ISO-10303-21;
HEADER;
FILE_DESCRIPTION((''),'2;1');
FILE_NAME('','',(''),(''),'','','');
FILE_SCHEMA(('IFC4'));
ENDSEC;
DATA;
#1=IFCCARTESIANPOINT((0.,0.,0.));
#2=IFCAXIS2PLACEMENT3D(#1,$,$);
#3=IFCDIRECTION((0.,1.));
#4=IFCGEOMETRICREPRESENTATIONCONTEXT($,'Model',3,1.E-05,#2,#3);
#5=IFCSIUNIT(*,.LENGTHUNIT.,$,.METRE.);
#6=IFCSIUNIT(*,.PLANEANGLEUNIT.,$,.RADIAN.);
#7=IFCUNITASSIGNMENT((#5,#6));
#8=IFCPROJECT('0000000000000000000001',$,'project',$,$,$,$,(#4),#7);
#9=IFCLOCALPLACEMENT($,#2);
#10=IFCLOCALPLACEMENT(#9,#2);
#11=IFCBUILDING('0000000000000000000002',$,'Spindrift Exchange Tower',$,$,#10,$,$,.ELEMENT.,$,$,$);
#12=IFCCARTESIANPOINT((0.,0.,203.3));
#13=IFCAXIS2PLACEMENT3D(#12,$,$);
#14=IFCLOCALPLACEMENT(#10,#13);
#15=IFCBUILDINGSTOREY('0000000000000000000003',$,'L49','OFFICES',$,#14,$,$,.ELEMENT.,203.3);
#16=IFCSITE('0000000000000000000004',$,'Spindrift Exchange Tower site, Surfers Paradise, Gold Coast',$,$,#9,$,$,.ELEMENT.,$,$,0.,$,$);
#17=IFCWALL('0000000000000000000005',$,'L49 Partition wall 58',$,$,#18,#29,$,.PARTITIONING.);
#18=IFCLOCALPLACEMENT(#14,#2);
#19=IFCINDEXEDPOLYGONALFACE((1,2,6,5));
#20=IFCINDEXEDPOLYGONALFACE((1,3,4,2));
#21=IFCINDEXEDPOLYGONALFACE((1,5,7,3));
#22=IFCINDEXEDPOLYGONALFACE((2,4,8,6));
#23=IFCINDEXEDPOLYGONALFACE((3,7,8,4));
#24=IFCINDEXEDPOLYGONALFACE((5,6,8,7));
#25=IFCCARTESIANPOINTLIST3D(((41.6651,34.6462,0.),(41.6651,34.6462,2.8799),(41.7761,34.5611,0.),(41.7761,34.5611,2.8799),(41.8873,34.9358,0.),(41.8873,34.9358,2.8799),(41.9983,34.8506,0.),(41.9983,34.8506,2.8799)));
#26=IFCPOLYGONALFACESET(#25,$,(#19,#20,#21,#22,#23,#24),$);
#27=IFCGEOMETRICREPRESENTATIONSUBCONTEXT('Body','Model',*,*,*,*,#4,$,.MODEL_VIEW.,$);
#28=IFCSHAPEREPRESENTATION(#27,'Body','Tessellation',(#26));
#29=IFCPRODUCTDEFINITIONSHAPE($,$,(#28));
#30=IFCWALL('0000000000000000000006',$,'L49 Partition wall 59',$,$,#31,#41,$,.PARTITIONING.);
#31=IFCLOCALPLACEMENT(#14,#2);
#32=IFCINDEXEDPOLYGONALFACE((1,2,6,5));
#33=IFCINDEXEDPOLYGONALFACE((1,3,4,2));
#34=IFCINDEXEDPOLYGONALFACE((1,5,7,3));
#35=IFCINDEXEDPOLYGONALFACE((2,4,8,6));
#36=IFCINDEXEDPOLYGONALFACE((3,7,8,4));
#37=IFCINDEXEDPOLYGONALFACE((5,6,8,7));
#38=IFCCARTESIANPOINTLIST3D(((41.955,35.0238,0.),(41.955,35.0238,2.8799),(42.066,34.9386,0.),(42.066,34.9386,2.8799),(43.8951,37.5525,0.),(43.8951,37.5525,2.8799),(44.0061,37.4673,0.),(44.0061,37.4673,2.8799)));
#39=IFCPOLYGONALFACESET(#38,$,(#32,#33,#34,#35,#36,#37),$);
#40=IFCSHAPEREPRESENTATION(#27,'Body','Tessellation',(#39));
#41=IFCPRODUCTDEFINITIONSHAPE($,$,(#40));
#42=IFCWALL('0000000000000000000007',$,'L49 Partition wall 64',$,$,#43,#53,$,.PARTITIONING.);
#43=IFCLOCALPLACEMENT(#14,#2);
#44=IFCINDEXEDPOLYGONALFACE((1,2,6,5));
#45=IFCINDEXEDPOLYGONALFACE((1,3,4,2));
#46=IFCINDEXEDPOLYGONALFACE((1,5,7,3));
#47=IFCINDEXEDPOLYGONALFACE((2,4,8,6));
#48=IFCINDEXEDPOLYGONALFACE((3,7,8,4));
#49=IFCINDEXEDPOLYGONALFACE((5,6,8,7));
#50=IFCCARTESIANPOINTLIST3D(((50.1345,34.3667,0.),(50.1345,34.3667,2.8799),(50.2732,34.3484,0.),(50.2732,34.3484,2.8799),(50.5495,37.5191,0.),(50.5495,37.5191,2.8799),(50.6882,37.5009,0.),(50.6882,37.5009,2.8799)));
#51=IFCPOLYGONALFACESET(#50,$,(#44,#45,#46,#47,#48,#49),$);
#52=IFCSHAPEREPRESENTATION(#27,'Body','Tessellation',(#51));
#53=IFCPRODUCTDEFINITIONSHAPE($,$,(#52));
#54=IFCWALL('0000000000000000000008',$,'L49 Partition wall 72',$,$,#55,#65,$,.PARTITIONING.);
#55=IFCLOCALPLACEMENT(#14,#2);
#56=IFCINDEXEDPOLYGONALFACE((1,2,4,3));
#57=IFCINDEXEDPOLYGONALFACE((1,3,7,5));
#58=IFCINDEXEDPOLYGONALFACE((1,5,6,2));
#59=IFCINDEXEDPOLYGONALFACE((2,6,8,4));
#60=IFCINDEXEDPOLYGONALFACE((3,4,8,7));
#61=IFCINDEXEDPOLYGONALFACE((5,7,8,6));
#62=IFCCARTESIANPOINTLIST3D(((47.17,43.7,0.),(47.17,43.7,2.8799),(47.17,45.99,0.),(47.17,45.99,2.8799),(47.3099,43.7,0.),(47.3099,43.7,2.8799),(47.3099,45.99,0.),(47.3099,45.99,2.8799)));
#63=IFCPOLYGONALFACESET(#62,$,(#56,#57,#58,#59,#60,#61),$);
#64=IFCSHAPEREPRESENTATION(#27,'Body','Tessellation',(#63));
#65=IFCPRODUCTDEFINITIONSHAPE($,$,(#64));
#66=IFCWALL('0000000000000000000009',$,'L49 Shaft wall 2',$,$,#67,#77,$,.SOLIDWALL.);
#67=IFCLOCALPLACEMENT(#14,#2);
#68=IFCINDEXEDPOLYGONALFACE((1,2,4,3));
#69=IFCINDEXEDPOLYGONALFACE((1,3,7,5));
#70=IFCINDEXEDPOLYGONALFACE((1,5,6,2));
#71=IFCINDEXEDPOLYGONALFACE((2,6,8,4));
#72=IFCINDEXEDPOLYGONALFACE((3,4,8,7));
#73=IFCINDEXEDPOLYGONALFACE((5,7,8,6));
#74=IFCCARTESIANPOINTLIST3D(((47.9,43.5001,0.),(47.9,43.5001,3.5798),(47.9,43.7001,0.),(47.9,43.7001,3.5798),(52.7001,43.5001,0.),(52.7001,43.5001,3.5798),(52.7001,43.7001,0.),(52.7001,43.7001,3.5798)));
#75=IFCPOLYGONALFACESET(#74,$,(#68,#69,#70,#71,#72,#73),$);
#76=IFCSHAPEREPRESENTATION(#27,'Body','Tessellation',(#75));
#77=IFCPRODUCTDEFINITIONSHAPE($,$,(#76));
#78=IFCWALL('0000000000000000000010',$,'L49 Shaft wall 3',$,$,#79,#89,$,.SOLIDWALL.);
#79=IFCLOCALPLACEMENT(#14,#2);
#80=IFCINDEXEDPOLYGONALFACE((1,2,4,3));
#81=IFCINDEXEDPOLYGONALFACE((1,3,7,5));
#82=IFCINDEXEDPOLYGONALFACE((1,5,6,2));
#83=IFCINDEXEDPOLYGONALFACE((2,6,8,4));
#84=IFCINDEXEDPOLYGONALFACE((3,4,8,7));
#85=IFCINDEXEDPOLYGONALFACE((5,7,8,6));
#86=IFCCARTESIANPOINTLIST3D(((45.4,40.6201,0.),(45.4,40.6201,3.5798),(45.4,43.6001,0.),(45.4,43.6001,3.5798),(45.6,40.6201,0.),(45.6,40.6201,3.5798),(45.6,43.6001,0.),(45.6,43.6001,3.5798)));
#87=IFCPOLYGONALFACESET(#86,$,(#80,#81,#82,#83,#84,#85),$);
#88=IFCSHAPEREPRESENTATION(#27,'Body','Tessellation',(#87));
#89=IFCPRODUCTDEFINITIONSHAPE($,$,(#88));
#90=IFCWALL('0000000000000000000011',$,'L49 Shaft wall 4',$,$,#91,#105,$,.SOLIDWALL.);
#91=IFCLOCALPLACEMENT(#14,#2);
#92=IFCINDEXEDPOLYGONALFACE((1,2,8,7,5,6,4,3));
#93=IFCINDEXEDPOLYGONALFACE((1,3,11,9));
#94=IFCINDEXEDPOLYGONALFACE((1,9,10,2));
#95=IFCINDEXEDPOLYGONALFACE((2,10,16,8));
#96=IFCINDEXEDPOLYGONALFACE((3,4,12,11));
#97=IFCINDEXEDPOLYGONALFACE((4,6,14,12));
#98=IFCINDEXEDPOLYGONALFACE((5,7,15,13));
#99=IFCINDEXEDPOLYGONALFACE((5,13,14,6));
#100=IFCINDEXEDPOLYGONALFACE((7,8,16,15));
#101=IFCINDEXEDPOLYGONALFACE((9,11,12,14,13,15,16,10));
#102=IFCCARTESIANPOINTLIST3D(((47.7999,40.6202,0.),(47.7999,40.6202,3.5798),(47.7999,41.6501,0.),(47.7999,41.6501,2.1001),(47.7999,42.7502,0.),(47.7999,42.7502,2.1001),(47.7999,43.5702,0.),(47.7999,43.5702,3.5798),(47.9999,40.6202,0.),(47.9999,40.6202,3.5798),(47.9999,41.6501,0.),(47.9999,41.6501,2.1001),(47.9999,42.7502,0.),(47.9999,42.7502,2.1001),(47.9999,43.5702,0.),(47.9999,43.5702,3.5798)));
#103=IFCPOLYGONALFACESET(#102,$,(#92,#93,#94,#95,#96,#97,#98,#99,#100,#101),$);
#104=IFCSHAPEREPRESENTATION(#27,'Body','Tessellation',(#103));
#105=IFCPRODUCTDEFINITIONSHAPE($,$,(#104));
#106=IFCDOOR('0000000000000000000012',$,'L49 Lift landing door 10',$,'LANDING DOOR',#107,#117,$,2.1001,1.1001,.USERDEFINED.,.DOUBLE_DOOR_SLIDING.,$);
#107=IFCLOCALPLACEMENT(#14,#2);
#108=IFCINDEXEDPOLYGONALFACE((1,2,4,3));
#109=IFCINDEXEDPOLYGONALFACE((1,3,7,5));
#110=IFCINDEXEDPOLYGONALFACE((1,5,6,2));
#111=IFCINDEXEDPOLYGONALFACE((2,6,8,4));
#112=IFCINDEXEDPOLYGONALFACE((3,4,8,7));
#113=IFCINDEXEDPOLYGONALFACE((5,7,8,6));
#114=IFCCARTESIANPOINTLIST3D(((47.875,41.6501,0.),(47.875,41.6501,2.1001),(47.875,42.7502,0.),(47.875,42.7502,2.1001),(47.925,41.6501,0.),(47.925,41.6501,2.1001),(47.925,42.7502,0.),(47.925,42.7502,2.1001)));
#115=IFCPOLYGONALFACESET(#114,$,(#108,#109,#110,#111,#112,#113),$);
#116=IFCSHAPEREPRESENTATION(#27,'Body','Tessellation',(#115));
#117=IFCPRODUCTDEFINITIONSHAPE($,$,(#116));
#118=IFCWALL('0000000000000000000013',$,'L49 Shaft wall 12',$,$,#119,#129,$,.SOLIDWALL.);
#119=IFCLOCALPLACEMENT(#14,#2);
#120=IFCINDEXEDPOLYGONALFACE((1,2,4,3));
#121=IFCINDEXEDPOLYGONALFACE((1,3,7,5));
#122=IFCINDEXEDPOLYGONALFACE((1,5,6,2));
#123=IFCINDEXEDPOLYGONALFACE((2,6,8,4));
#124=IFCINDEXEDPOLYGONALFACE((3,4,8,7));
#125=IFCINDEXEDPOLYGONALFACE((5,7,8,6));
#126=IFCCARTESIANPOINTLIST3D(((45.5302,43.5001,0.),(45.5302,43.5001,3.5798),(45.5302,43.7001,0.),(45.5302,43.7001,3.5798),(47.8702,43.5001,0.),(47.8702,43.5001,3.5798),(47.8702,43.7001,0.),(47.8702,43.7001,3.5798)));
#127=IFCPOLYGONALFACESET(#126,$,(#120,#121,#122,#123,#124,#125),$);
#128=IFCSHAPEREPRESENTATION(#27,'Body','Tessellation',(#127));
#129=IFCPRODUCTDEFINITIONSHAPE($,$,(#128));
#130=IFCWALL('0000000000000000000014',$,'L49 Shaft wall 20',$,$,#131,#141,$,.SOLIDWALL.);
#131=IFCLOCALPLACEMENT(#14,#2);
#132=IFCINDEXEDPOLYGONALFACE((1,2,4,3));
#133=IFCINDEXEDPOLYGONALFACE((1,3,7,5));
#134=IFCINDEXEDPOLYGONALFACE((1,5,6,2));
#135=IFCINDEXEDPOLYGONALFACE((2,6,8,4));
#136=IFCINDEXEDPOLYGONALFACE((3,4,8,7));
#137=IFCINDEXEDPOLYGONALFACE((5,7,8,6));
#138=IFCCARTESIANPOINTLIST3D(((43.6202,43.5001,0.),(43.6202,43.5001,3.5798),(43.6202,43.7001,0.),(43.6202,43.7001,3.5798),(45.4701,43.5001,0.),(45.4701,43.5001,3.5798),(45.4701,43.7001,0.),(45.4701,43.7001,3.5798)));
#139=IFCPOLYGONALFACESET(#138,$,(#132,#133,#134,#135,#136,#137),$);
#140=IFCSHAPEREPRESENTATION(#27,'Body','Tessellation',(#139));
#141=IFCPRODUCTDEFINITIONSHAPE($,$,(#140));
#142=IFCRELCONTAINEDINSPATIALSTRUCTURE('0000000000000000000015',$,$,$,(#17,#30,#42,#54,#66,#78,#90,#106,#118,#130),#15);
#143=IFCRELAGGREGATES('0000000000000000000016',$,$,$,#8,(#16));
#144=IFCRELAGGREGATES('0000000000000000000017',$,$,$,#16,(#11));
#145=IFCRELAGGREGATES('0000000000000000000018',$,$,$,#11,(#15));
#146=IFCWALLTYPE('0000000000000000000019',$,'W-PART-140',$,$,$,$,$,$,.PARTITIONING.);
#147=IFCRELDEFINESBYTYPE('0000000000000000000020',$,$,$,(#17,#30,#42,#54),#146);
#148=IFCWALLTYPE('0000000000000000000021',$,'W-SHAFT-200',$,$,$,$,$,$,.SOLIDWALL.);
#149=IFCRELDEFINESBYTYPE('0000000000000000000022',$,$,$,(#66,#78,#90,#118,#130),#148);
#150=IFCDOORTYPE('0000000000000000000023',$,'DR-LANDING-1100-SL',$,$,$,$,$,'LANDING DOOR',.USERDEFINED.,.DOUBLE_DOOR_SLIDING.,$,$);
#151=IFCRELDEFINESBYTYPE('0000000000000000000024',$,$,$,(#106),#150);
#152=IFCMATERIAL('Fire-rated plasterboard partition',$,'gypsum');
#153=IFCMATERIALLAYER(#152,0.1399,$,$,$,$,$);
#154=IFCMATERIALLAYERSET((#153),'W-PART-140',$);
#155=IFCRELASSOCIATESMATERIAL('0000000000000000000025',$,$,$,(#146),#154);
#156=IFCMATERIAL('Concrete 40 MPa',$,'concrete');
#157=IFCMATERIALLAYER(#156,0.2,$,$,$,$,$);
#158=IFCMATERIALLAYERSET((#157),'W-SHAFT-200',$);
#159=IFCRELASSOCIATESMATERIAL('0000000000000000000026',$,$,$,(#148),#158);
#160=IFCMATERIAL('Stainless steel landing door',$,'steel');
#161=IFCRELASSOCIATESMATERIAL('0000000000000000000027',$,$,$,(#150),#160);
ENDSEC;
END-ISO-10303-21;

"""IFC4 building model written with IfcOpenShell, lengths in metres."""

from ifc_helpers import new_model, si_unit, direction, frame, frame_2d, origin, place, context, subcontext, project, spatial, rectangle, extrude, source, transform, mapped, material, layer, layer_set, type_object, element, fill, save


model = new_model("IFC4")

# Units and contexts
model_context = context("Model", 3, precision=1e-05, world=origin(), true_north=direction((0.0, 1.0)))
body_context = subcontext(model_context, "Body", "Model", "MODEL_VIEW")
ifc_project = project(units=[si_unit("LENGTHUNIT", "METRE"), si_unit("PLANEANGLEUNIT", "RADIAN")], contexts=[model_context])

# Site, building, storey
site_placement = place(None, origin())
site = spatial("IfcSite", under=ifc_project, at=site_placement, Name="Spindrift Exchange Tower site, Surfers Paradise, Gold Coast", CompositionType="ELEMENT", RefElevation=0.0)
building_placement = place(site_placement, origin())
building = spatial("IfcBuilding", under=site, at=building_placement, Name="Spindrift Exchange Tower", CompositionType="ELEMENT")
storey_placement = place(building_placement, frame((0.0, 0.0, 203.3)))
storey = spatial("IfcBuildingStorey", under=building, at=storey_placement, Name="L49", Description="OFFICES", CompositionType="ELEMENT", Elevation=203.3)

# Shared definitions
ifc_material_1 = material(Name="Fire-rated plasterboard partition", Category="gypsum")

# Shared definitions
ifc_layer_1 = layer(ifc_material_1, 0.1399)
ifc_layer_set_1 = layer_set([ifc_layer_1], Name="W-PART-140")
wall_type_1 = type_object("IfcWallType", Name="W-PART-140", PredefinedType="PARTITIONING", material=ifc_layer_set_1)

# Walls
wall_1_placement = place(storey_placement, frame((41.9429, 34.8933, 0.0), z_axis=(0.0, 0.0, 1.0), x_axis=(-0.60874, -0.793369, 0.0)))
element("IfcWall", 1, at=wall_1_placement, inside=storey, type_object=wall_type_1, Name="L49 Partition wall 58", PredefinedType="PARTITIONING", context=body_context, shape_type="SweptSolid", body=[
    extrude(rectangle(XDim=0.365, YDim=0.1399, at=frame_2d((0.1826, 0.0))), origin(), (0.0, 0.0, 1.0), 2.8799),
])
wall_2_placement = place(storey_placement, frame((43.9507, 37.51, 0.0), z_axis=(0.0, 0.0, 1.0), x_axis=(-0.608715, -0.793389, 0.0)))
element("IfcWall", 2, at=wall_2_placement, inside=storey, type_object=wall_type_1, Name="L49 Partition wall 59", PredefinedType="PARTITIONING", context=body_context, shape_type="SweptSolid", body=[
    extrude(rectangle(XDim=3.1873, YDim=0.1399, at=frame_2d((1.5938, 0.0))), origin(), (0.0, 0.0, 1.0), 2.8799),
])
wall_3_placement = place(storey_placement, frame((50.6189, 37.51, 0.0), z_axis=(0.0, 0.0, 1.0), x_axis=(-0.130524, -0.991445, 0.0)))
element("IfcWall", 3, at=wall_3_placement, inside=storey, type_object=wall_type_1, Name="L49 Partition wall 64", PredefinedType="PARTITIONING", context=body_context, shape_type="SweptSolid", body=[
    extrude(rectangle(XDim=3.1797, YDim=0.1399, at=frame_2d((1.5898, 0.0))), origin(), (0.0, 0.0, 1.0), 2.8799),
])
wall_4_placement = place(storey_placement, frame((47.24, 43.7, 0.0), z_axis=(0.0, 0.0, 1.0), x_axis=(0.0, 1.0, 0.0)))
element("IfcWall", 4, at=wall_4_placement, inside=storey, type_object=wall_type_1, Name="L49 Partition wall 72", PredefinedType="PARTITIONING", context=body_context, shape_type="SweptSolid", body=[
    extrude(rectangle(XDim=2.29, YDim=0.1399, at=frame_2d((1.145, 0.0))), origin(), (0.0, 0.0, 1.0), 2.8799),
])
ifc_material_2 = material(Name="Concrete 40 MPa", Category="concrete")
ifc_layer_2 = layer(ifc_material_2, 0.2)
ifc_layer_set_2 = layer_set([ifc_layer_2], Name="W-SHAFT-200")
wall_type_2 = type_object("IfcWallType", Name="W-SHAFT-200", PredefinedType="SOLIDWALL", material=ifc_layer_set_2)
wall_5_placement = place(storey_placement, frame((52.7, 43.6001, 0.0), z_axis=(0.0, 0.0, 1.0), x_axis=(-1.0, 0.0, 0.0)))
element("IfcWall", 5, at=wall_5_placement, inside=storey, type_object=wall_type_2, Name="L49 Shaft wall 2", PredefinedType="SOLIDWALL", context=body_context, shape_type="SweptSolid", body=[
    extrude(rectangle(XDim=4.8, YDim=0.2, at=frame_2d((2.3999, 0.0))), origin(), (0.0, 0.0, 1.0), 3.5798),
])
wall_6_placement = place(storey_placement, frame((45.5, 43.6001, 0.0), z_axis=(0.0, 0.0, 1.0), x_axis=(0.0, -1.0, 0.0)))
element("IfcWall", 6, at=wall_6_placement, inside=storey, type_object=wall_type_2, Name="L49 Shaft wall 3", PredefinedType="SOLIDWALL", context=body_context, shape_type="SweptSolid", body=[
    extrude(rectangle(XDim=2.98, YDim=0.2, at=frame_2d((1.49, 0.0))), origin(), (0.0, 0.0, 1.0), 3.5798),
])

# Wall, opening, door
wall_7_placement = place(storey_placement, frame((47.8999, 40.6201, 0.0), z_axis=(0.0, 0.0, 1.0), x_axis=(0.0, 1.0, 0.0)))
wall_7 = element("IfcWall", 7, at=wall_7_placement, inside=storey, type_object=wall_type_2, Name="L49 Shaft wall 4", PredefinedType="SOLIDWALL", context=body_context, shape_type="SweptSolid", body=[
    extrude(rectangle(XDim=2.95, YDim=0.2, at=frame_2d((1.4751, 0.0))), origin(), (0.0, 0.0, 1.0), 3.5798),
])
opening_1_placement = place(wall_7_placement, frame((1.03, 0.0, 0.0)))
opening_1 = element("IfcOpeningElement", 8, at=opening_1_placement, cuts=wall_7, PredefinedType="OPENING", context=body_context, shape_type="SweptSolid", body=[
    extrude(rectangle(XDim=1.1001, YDim=2.1001, at=frame_2d((0.55, 1.05))), frame((0.0, 0.1099, 0.0), z_axis=(0.0, -1.0, 0.0), x_axis=(1.0, 0.0, 0.0)), (0.0, 0.0, 1.0), 0.22),
])
ifc_material_3 = material(Name="Stainless steel landing door", Category="steel")
door_type_1 = type_object("IfcDoorType", Name="DR-LANDING-1100-SL", ElementType="LANDING DOOR", OperationType="DOUBLE_DOOR_SLIDING", PredefinedType="USERDEFINED", material=ifc_material_3)
shared_shape_1 = source(origin(), body_context, "Body", "SweptSolid", [
    extrude(rectangle(XDim=1.1001, YDim=2.1001, at=frame_2d((0.55, 1.05))), frame((0.0, 0.0249, 0.0), z_axis=(0.0, -1.0, 0.0), x_axis=(1.0, 0.0, 0.0)), (0.0, 0.0, 1.0), 0.05),
])
door_1_placement = place(opening_1_placement, origin())
door_1 = element("IfcDoor", 9, at=door_1_placement, inside=storey, type_object=door_type_1, Name="L49 Lift landing door 10", ObjectType="LANDING DOOR", OperationType="DOUBLE_DOOR_SLIDING", OverallHeight=2.1001, OverallWidth=1.1001, PredefinedType="USERDEFINED", context=body_context, shape_type="MappedRepresentation", body=[
    mapped(shared_shape_1, transform((0.0, 0.0, 0.0), scale=1.0)),
])
fill(opening_1, door_1)

# Walls
wall_8_placement = place(storey_placement, frame((47.8701, 43.6001, 0.0), z_axis=(0.0, 0.0, 1.0), x_axis=(-1.0, 0.0, 0.0)))
element("IfcWall", 10, at=wall_8_placement, inside=storey, type_object=wall_type_2, Name="L49 Shaft wall 12", PredefinedType="SOLIDWALL", context=body_context, shape_type="SweptSolid", body=[
    extrude(rectangle(XDim=2.3401, YDim=0.2, at=frame_2d((1.1699, 0.0))), origin(), (0.0, 0.0, 1.0), 3.5798),
])
wall_9_placement = place(storey_placement, frame((45.47, 43.6001, 0.0), z_axis=(0.0, 0.0, 1.0), x_axis=(-1.0, 0.0, 0.0)))
element("IfcWall", 11, at=wall_9_placement, inside=storey, type_object=wall_type_2, Name="L49 Shaft wall 20", PredefinedType="SOLIDWALL", context=body_context, shape_type="SweptSolid", body=[
    extrude(rectangle(XDim=1.8499, YDim=0.2, at=frame_2d((0.9248, 0.0))), origin(), (0.0, 0.0, 1.0), 3.5798),
])

save(model, "model.ifc")
